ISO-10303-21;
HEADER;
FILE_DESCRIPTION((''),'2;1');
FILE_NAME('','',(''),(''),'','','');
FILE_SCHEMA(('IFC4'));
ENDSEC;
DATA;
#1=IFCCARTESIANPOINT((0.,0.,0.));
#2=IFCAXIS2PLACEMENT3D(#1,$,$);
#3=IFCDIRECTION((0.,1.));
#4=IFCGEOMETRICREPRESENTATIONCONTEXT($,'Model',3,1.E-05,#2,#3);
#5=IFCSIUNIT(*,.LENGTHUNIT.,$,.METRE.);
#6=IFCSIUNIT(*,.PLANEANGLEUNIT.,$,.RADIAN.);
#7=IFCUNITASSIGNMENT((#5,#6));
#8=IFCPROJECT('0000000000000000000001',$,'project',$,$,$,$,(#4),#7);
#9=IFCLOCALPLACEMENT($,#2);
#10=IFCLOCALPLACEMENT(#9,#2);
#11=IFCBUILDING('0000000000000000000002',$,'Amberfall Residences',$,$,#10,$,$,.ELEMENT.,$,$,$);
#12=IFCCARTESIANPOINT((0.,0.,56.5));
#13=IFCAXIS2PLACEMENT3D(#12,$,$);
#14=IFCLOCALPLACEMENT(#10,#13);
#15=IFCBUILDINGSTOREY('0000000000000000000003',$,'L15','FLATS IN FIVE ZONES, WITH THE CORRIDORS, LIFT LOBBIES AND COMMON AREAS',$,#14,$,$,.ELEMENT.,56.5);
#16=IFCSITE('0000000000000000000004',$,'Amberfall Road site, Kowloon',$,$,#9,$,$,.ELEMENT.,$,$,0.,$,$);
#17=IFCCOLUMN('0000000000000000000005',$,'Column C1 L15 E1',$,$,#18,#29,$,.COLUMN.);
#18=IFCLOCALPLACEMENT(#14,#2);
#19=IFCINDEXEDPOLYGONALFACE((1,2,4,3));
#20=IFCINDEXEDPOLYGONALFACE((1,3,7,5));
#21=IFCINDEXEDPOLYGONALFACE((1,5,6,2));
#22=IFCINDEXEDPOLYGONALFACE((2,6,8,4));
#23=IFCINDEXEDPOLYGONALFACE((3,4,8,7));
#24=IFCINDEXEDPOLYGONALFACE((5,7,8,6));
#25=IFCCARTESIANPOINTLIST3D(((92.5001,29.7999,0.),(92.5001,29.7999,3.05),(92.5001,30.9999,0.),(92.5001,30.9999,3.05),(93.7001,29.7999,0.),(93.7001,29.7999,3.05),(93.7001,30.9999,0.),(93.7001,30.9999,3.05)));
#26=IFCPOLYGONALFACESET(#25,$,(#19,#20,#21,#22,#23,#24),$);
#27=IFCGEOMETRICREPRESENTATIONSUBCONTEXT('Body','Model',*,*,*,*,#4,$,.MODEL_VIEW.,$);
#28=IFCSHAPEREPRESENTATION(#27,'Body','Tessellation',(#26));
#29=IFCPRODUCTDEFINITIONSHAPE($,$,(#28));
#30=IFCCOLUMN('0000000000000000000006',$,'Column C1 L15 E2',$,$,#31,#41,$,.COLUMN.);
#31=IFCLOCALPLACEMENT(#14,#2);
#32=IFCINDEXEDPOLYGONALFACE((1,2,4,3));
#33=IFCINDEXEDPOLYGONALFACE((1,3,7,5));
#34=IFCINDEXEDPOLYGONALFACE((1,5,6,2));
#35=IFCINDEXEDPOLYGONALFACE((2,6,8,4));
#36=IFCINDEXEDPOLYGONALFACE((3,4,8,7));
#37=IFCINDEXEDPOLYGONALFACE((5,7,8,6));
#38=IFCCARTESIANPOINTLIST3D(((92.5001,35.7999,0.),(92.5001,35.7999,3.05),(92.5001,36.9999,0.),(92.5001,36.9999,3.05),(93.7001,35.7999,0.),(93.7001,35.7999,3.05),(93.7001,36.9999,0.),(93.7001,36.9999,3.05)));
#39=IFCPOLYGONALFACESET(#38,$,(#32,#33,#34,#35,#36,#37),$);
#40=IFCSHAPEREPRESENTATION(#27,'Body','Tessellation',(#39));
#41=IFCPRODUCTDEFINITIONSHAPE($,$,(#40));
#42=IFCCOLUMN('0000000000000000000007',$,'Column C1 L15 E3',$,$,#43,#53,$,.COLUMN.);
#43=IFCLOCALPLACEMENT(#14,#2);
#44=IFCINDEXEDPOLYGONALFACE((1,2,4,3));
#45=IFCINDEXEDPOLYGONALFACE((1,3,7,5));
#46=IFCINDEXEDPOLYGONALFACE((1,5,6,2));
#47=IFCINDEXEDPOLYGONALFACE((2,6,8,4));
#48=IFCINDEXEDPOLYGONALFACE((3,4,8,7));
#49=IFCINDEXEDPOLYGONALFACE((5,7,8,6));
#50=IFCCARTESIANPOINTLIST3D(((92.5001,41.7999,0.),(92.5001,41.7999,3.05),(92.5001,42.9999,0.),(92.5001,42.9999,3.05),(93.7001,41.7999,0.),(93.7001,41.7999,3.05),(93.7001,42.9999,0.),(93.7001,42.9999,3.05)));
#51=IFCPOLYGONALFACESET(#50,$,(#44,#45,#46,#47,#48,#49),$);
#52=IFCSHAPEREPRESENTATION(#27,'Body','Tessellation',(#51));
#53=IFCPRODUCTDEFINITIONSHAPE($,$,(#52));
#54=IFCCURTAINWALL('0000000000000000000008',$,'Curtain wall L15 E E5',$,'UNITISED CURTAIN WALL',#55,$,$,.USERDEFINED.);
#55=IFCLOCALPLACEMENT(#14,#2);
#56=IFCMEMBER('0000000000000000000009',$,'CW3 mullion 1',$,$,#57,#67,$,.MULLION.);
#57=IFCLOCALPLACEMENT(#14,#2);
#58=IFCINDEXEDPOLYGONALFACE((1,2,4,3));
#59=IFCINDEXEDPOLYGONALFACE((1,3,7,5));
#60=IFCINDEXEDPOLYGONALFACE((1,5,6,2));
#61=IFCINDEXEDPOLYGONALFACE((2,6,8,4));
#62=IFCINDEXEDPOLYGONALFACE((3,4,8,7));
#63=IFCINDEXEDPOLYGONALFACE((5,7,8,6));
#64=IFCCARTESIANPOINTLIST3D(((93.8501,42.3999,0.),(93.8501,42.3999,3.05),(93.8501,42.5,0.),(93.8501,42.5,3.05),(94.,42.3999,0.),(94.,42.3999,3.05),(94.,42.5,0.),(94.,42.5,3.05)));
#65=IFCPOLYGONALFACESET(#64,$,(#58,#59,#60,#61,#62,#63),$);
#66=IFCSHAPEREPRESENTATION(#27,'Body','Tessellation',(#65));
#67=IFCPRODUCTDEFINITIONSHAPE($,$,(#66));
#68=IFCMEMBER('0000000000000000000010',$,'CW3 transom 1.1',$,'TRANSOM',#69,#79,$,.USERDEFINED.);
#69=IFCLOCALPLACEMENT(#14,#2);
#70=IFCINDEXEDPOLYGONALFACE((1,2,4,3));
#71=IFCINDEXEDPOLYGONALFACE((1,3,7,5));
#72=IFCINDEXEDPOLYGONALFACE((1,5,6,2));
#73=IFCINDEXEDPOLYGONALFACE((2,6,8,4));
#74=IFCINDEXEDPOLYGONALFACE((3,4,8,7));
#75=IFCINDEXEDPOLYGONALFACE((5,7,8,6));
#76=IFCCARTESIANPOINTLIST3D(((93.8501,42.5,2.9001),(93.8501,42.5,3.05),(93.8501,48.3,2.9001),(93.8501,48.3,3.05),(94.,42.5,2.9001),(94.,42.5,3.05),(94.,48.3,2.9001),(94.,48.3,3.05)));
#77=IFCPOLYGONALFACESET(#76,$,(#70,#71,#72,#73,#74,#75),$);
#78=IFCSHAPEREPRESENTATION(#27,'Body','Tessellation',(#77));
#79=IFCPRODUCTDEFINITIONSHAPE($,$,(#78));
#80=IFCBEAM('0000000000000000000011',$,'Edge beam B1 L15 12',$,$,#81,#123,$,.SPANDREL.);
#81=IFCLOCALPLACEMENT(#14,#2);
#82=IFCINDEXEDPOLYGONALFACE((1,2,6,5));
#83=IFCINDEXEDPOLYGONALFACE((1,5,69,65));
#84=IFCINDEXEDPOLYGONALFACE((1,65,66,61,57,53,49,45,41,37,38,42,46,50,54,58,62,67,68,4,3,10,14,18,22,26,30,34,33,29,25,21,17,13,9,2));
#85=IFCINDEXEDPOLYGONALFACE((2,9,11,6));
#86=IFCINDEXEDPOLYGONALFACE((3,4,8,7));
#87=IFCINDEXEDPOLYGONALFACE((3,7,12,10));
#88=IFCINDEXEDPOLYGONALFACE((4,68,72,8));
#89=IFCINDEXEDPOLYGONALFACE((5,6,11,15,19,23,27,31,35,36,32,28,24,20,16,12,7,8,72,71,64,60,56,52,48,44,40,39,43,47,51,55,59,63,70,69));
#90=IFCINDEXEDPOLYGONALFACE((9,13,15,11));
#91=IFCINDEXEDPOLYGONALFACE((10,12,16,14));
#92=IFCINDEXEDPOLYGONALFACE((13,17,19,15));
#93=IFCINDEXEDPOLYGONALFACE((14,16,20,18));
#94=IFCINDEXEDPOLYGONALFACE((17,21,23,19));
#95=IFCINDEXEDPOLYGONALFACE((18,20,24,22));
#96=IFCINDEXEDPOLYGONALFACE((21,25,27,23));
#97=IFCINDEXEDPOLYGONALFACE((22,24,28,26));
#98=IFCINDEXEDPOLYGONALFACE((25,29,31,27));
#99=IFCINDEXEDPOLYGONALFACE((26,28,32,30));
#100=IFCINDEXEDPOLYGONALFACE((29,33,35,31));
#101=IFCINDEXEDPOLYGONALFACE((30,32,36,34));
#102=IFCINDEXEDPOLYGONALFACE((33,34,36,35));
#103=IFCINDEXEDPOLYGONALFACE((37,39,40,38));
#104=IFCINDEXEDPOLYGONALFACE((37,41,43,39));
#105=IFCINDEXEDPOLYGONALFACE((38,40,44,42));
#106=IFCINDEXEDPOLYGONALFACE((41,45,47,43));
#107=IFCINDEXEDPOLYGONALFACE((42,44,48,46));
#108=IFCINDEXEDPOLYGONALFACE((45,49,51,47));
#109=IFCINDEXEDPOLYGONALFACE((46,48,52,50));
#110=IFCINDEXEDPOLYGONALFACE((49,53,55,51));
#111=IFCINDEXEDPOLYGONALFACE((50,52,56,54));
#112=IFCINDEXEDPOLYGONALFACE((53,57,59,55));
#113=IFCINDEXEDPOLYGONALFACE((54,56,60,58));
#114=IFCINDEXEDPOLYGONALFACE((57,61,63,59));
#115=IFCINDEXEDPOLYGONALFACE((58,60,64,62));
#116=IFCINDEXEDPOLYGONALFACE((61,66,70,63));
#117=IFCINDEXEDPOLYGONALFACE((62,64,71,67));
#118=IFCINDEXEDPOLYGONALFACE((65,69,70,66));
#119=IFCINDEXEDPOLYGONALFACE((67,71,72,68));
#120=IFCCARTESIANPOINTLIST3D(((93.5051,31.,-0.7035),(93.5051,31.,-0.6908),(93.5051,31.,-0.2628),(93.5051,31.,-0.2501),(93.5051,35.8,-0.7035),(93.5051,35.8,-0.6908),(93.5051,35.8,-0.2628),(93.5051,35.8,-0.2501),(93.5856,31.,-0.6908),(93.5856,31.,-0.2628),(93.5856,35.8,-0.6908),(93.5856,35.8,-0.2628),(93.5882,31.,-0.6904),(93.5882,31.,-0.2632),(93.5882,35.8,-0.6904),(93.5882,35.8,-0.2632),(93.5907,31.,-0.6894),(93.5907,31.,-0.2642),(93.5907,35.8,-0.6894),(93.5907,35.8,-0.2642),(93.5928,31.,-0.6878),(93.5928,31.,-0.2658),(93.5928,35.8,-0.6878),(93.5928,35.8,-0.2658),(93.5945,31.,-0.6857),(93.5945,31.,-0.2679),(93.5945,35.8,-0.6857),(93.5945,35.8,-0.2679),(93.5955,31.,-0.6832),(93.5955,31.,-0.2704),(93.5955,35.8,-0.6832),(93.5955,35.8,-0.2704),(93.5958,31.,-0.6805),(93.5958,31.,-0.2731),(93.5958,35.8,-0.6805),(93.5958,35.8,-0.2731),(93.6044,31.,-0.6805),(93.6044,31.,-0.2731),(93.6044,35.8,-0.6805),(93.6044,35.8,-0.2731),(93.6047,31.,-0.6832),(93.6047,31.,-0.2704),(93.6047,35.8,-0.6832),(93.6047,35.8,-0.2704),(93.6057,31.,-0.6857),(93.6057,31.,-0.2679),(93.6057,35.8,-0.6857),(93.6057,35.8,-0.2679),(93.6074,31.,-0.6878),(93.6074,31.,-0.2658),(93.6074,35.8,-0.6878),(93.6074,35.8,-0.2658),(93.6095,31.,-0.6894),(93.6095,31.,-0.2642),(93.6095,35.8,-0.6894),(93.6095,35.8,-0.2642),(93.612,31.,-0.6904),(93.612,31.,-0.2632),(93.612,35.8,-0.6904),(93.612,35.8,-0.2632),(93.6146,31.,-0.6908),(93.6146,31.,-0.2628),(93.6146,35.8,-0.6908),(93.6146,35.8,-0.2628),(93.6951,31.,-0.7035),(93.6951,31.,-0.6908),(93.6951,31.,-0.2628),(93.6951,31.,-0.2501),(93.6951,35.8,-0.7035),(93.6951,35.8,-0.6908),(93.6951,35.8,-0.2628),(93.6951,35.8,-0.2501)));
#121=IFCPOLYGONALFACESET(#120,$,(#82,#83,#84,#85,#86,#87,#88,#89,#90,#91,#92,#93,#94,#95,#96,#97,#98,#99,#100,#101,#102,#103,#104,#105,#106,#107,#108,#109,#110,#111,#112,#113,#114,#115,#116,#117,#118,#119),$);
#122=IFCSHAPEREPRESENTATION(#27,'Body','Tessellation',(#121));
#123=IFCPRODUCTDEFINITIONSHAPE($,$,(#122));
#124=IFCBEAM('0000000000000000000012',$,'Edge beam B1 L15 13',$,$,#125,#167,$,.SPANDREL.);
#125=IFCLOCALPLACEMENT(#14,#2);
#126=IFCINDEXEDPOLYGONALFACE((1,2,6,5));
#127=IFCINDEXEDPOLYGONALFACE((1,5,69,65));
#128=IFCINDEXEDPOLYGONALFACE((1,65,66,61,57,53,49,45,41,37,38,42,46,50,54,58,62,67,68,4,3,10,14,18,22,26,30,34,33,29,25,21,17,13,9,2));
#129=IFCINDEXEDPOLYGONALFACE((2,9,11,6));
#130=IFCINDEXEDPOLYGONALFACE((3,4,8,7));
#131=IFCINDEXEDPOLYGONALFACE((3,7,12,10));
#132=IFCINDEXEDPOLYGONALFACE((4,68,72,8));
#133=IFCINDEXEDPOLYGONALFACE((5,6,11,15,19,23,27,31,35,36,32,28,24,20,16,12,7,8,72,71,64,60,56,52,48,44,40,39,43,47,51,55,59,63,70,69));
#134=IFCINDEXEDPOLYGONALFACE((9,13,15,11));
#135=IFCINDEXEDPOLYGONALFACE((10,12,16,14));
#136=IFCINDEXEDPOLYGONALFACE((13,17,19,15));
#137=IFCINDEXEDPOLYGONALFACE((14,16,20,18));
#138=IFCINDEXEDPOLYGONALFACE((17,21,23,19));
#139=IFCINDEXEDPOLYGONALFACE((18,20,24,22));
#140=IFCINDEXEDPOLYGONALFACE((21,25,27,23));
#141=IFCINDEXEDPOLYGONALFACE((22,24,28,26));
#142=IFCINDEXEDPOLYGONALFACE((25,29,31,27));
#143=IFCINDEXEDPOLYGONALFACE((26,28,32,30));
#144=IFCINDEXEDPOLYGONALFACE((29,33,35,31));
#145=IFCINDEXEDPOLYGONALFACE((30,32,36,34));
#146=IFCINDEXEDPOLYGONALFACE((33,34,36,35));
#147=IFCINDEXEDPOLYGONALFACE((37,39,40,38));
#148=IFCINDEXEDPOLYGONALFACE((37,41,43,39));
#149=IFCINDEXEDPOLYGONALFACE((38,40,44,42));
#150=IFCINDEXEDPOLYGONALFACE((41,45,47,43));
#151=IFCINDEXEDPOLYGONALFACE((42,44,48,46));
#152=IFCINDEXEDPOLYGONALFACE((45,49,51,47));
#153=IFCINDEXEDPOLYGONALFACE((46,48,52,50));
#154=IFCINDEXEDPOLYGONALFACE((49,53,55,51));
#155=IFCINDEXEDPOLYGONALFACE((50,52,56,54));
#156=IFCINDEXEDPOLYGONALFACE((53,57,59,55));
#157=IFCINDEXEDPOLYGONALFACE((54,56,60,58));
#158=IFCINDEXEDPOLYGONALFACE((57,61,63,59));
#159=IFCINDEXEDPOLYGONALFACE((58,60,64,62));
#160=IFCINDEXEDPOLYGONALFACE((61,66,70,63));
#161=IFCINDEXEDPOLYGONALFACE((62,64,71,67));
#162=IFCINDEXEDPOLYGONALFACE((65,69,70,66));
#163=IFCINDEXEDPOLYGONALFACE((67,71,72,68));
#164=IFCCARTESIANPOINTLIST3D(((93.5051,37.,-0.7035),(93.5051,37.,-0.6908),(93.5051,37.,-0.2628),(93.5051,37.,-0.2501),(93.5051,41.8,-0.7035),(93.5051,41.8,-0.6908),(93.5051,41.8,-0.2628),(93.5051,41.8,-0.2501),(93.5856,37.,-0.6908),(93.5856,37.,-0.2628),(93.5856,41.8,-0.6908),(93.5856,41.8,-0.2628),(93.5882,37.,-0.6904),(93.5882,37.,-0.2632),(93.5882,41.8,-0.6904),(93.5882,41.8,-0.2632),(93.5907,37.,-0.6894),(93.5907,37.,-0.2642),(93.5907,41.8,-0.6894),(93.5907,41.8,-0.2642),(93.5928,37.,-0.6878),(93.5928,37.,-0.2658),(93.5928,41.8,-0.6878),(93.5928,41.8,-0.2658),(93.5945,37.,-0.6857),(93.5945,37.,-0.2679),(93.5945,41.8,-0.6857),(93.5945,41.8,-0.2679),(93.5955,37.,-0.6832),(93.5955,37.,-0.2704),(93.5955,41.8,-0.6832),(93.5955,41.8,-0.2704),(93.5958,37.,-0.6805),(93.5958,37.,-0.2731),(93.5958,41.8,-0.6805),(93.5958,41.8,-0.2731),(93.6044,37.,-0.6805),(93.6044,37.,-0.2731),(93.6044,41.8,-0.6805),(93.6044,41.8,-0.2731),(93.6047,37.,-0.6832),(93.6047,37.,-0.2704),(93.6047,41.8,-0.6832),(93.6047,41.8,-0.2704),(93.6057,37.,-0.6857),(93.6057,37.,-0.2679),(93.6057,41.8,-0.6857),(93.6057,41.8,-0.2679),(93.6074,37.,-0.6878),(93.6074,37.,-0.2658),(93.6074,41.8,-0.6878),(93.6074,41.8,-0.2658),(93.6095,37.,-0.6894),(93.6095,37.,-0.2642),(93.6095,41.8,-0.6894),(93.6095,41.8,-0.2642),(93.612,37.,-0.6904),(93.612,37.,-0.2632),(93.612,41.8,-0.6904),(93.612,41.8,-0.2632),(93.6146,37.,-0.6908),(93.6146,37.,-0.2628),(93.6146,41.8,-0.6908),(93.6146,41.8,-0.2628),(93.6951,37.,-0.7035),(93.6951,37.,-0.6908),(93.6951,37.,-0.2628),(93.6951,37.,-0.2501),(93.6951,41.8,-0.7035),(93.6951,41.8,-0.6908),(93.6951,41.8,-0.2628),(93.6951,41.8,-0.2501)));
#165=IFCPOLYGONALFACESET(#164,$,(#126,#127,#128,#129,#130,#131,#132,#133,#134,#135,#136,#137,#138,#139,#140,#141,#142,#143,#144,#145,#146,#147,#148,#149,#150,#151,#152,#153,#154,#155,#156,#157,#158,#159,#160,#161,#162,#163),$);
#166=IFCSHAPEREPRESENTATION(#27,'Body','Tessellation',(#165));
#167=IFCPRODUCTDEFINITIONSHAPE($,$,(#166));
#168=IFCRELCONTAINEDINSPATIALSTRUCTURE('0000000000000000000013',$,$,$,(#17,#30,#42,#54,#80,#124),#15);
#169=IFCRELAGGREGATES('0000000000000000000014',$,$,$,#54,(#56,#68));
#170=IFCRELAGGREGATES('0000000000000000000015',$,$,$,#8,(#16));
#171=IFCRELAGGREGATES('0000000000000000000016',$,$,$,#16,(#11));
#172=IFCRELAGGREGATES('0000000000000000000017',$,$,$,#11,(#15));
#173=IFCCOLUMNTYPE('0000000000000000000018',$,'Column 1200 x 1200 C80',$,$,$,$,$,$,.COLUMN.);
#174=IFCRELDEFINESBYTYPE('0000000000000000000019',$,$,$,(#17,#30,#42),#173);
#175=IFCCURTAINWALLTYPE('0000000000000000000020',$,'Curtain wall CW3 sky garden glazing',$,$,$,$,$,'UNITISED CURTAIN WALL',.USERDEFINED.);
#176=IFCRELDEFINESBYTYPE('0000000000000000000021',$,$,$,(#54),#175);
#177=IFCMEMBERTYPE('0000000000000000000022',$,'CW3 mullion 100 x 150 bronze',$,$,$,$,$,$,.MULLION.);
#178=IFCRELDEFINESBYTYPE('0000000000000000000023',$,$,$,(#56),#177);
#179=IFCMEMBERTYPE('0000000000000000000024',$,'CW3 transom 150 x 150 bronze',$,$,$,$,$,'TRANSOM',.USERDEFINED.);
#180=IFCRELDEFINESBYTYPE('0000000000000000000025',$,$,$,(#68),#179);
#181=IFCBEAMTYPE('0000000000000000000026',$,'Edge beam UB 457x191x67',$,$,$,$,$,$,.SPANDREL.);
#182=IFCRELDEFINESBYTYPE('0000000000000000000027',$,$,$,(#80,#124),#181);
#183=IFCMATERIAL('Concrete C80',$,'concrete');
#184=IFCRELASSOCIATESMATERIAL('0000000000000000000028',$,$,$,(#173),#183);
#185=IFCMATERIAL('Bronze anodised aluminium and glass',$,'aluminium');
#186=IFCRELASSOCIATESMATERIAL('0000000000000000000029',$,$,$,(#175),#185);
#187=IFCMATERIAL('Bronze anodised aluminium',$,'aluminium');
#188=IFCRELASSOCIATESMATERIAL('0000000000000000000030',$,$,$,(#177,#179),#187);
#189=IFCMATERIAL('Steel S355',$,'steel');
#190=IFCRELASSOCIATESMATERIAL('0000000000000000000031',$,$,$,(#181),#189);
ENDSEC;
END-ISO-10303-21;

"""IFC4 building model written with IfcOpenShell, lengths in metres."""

from ifc_helpers import new_model, si_unit, direction, frame, origin, origin_2d, place, context, subcontext, project, spatial, rectangle, i_section, extrude, material, material_profile, profile_set, type_object, element, aggregate, save


model = new_model("IFC4")

# Units and contexts
model_context = context("Model", 3, precision=1e-05, world=origin(), true_north=direction((0.0, 1.0)))
body_context = subcontext(model_context, "Body", "Model", "MODEL_VIEW")
ifc_project = project(units=[si_unit("LENGTHUNIT", "METRE"), si_unit("PLANEANGLEUNIT", "RADIAN")], contexts=[model_context])

# Site, building, storey
site_placement = place(None, origin())
site = spatial("IfcSite", under=ifc_project, at=site_placement, Name="Amberfall Road site, Kowloon", CompositionType="ELEMENT", RefElevation=0.0)
building_placement = place(site_placement, origin())
building = spatial("IfcBuilding", under=site, at=building_placement, Name="Amberfall Residences", CompositionType="ELEMENT")
storey_placement = place(building_placement, frame((0.0, 0.0, 56.5)))
storey = spatial("IfcBuildingStorey", under=building, at=storey_placement, Name="L15", Description="FLATS IN FIVE ZONES, WITH THE CORRIDORS, LIFT LOBBIES AND COMMON AREAS", CompositionType="ELEMENT", Elevation=56.5)

# Columns
ifc_material_1 = material(Name="Concrete C80", Category="concrete")
ifc_material_profile_1 = material_profile(ifc_material_1, rectangle(XDim=1.2, YDim=1.2, at=origin_2d()), Name="Column 1200 x 1200 C80")
ifc_profile_set_1 = profile_set([ifc_material_profile_1], Name="Concrete C80")
column_type = type_object("IfcColumnType", Name="Column 1200 x 1200 C80", PredefinedType="COLUMN", material=ifc_profile_set_1)
for number, where, z_axis, x_axis, name in (
    (1, (93.1001, 30.3999, 0.0), (0.0, 0.0, 1.0), (1.0, 0.0, 0.0), "Column C1 L15 E1"),
    (2, (93.1001, 36.3999, 0.0), (0.0, 0.0, 1.0), (1.0, 0.0, 0.0), "Column C1 L15 E2"),
    (3, (93.1001, 42.3999, 0.0), (0.0, 0.0, 1.0), (1.0, 0.0, 0.0), "Column C1 L15 E3"),
):
    element("IfcColumn", number, at=place(storey_placement, frame(where, z_axis=z_axis, x_axis=x_axis)), inside=storey, type_object=column_type, Name=name, PredefinedType="COLUMN", context=body_context, shape_type="SweptSolid", body=[
        extrude(rectangle(XDim=1.2, YDim=1.2, at=origin_2d()), origin(), (0.0, 0.0, 1.0), 3.05),
    ])

# Curtain wall, members
ifc_material_2 = material(Name="Bronze anodised aluminium and glass", Category="aluminium")
curtain_wall_type = type_object("IfcCurtainWallType", Name="Curtain wall CW3 sky garden glazing", ElementType="UNITISED CURTAIN WALL", PredefinedType="USERDEFINED", material=ifc_material_2)
curtain_wall_placement = place(storey_placement, origin())
curtain_wall = element("IfcCurtainWall", 4, at=curtain_wall_placement, inside=storey, type_object=curtain_wall_type, Name="Curtain wall L15 E E5", ObjectType="UNITISED CURTAIN WALL", PredefinedType="USERDEFINED")
ifc_material_3 = material(Name="Bronze anodised aluminium", Category="aluminium")
ifc_material_profile_2 = material_profile(ifc_material_3, rectangle(XDim=0.1499, YDim=0.1001, at=origin_2d()), Name="CW3 mullion 100 x 150 bronze")
ifc_profile_set_2 = profile_set([ifc_material_profile_2], Name="Bronze anodised aluminium")
member_type_1 = type_object("IfcMemberType", Name="CW3 mullion 100 x 150 bronze", PredefinedType="MULLION", material=ifc_profile_set_2)
member_1_placement = place(storey_placement, frame((93.925, 42.45, 0.0), z_axis=(0.0, 0.0, 1.0), x_axis=(-1.0, 0.0, 0.0)))
member_1 = element("IfcMember", 5, at=member_1_placement, type_object=member_type_1, Name="CW3 mullion 1", PredefinedType="MULLION", context=body_context, shape_type="SweptSolid", body=[
    extrude(rectangle(XDim=0.1499, YDim=0.1001, at=origin_2d()), origin(), (0.0, 0.0, 1.0), 3.05),
])
ifc_material_profile_3 = material_profile(ifc_material_3, rectangle(XDim=0.1499, YDim=0.1499, at=origin_2d()), Name="CW3 transom 150 x 150 bronze")
ifc_profile_set_3 = profile_set([ifc_material_profile_3], Name="Bronze anodised aluminium")
member_type_2 = type_object("IfcMemberType", Name="CW3 transom 150 x 150 bronze", ElementType="TRANSOM", PredefinedType="USERDEFINED", material=ifc_profile_set_3)
member_2_placement = place(storey_placement, frame((93.925, 42.5, 2.9751), z_axis=(0.0, 1.0, 0.0), x_axis=(-1.0, 0.0, 0.0)))
member_2 = element("IfcMember", 6, at=member_2_placement, type_object=member_type_2, Name="CW3 transom 1.1", ObjectType="TRANSOM", PredefinedType="USERDEFINED", context=body_context, shape_type="SweptSolid", body=[
    extrude(rectangle(XDim=0.1499, YDim=0.1499, at=origin_2d()), origin(), (0.0, 0.0, 1.0), 5.8),
])
aggregate(curtain_wall, [member_1, member_2])

# Beams
ifc_material_4 = material(Name="Steel S355", Category="steel")
ifc_material_profile_4 = material_profile(ifc_material_4, i_section(OverallWidth=0.1899, OverallDepth=0.4534, WebThickness=0.0085, FlangeThickness=0.0127, FilletRadius=0.0103, at=origin_2d()), Name="UB 457x191x67")
ifc_profile_set_4 = profile_set([ifc_material_profile_4], Name="Steel S355")
beam_type_1 = type_object("IfcBeamType", Name="Edge beam UB 457x191x67", PredefinedType="SPANDREL", material=ifc_profile_set_4)
for number, where, z_axis, x_axis, name in (
    (7, (93.6001, 31.0, -0.4768), (0.0, 1.0, 0.0), (-1.0, 0.0, 0.0), "Edge beam B1 L15 12"),
    (8, (93.6001, 37.0, -0.4768), (0.0, 1.0, 0.0), (-1.0, 0.0, 0.0), "Edge beam B1 L15 13"),
):
    element("IfcBeam", number, at=place(storey_placement, frame(where, z_axis=z_axis, x_axis=x_axis)), inside=storey, type_object=beam_type_1, Name=name, PredefinedType="SPANDREL", context=body_context, shape_type="SweptSolid", body=[
        extrude(i_section(OverallWidth=0.1899, OverallDepth=0.4534, WebThickness=0.0085, FlangeThickness=0.0127, FilletRadius=0.0103, at=origin_2d()), origin(), (0.0, 0.0, 1.0), 4.8),
    ])

save(model, "model.ifc")
